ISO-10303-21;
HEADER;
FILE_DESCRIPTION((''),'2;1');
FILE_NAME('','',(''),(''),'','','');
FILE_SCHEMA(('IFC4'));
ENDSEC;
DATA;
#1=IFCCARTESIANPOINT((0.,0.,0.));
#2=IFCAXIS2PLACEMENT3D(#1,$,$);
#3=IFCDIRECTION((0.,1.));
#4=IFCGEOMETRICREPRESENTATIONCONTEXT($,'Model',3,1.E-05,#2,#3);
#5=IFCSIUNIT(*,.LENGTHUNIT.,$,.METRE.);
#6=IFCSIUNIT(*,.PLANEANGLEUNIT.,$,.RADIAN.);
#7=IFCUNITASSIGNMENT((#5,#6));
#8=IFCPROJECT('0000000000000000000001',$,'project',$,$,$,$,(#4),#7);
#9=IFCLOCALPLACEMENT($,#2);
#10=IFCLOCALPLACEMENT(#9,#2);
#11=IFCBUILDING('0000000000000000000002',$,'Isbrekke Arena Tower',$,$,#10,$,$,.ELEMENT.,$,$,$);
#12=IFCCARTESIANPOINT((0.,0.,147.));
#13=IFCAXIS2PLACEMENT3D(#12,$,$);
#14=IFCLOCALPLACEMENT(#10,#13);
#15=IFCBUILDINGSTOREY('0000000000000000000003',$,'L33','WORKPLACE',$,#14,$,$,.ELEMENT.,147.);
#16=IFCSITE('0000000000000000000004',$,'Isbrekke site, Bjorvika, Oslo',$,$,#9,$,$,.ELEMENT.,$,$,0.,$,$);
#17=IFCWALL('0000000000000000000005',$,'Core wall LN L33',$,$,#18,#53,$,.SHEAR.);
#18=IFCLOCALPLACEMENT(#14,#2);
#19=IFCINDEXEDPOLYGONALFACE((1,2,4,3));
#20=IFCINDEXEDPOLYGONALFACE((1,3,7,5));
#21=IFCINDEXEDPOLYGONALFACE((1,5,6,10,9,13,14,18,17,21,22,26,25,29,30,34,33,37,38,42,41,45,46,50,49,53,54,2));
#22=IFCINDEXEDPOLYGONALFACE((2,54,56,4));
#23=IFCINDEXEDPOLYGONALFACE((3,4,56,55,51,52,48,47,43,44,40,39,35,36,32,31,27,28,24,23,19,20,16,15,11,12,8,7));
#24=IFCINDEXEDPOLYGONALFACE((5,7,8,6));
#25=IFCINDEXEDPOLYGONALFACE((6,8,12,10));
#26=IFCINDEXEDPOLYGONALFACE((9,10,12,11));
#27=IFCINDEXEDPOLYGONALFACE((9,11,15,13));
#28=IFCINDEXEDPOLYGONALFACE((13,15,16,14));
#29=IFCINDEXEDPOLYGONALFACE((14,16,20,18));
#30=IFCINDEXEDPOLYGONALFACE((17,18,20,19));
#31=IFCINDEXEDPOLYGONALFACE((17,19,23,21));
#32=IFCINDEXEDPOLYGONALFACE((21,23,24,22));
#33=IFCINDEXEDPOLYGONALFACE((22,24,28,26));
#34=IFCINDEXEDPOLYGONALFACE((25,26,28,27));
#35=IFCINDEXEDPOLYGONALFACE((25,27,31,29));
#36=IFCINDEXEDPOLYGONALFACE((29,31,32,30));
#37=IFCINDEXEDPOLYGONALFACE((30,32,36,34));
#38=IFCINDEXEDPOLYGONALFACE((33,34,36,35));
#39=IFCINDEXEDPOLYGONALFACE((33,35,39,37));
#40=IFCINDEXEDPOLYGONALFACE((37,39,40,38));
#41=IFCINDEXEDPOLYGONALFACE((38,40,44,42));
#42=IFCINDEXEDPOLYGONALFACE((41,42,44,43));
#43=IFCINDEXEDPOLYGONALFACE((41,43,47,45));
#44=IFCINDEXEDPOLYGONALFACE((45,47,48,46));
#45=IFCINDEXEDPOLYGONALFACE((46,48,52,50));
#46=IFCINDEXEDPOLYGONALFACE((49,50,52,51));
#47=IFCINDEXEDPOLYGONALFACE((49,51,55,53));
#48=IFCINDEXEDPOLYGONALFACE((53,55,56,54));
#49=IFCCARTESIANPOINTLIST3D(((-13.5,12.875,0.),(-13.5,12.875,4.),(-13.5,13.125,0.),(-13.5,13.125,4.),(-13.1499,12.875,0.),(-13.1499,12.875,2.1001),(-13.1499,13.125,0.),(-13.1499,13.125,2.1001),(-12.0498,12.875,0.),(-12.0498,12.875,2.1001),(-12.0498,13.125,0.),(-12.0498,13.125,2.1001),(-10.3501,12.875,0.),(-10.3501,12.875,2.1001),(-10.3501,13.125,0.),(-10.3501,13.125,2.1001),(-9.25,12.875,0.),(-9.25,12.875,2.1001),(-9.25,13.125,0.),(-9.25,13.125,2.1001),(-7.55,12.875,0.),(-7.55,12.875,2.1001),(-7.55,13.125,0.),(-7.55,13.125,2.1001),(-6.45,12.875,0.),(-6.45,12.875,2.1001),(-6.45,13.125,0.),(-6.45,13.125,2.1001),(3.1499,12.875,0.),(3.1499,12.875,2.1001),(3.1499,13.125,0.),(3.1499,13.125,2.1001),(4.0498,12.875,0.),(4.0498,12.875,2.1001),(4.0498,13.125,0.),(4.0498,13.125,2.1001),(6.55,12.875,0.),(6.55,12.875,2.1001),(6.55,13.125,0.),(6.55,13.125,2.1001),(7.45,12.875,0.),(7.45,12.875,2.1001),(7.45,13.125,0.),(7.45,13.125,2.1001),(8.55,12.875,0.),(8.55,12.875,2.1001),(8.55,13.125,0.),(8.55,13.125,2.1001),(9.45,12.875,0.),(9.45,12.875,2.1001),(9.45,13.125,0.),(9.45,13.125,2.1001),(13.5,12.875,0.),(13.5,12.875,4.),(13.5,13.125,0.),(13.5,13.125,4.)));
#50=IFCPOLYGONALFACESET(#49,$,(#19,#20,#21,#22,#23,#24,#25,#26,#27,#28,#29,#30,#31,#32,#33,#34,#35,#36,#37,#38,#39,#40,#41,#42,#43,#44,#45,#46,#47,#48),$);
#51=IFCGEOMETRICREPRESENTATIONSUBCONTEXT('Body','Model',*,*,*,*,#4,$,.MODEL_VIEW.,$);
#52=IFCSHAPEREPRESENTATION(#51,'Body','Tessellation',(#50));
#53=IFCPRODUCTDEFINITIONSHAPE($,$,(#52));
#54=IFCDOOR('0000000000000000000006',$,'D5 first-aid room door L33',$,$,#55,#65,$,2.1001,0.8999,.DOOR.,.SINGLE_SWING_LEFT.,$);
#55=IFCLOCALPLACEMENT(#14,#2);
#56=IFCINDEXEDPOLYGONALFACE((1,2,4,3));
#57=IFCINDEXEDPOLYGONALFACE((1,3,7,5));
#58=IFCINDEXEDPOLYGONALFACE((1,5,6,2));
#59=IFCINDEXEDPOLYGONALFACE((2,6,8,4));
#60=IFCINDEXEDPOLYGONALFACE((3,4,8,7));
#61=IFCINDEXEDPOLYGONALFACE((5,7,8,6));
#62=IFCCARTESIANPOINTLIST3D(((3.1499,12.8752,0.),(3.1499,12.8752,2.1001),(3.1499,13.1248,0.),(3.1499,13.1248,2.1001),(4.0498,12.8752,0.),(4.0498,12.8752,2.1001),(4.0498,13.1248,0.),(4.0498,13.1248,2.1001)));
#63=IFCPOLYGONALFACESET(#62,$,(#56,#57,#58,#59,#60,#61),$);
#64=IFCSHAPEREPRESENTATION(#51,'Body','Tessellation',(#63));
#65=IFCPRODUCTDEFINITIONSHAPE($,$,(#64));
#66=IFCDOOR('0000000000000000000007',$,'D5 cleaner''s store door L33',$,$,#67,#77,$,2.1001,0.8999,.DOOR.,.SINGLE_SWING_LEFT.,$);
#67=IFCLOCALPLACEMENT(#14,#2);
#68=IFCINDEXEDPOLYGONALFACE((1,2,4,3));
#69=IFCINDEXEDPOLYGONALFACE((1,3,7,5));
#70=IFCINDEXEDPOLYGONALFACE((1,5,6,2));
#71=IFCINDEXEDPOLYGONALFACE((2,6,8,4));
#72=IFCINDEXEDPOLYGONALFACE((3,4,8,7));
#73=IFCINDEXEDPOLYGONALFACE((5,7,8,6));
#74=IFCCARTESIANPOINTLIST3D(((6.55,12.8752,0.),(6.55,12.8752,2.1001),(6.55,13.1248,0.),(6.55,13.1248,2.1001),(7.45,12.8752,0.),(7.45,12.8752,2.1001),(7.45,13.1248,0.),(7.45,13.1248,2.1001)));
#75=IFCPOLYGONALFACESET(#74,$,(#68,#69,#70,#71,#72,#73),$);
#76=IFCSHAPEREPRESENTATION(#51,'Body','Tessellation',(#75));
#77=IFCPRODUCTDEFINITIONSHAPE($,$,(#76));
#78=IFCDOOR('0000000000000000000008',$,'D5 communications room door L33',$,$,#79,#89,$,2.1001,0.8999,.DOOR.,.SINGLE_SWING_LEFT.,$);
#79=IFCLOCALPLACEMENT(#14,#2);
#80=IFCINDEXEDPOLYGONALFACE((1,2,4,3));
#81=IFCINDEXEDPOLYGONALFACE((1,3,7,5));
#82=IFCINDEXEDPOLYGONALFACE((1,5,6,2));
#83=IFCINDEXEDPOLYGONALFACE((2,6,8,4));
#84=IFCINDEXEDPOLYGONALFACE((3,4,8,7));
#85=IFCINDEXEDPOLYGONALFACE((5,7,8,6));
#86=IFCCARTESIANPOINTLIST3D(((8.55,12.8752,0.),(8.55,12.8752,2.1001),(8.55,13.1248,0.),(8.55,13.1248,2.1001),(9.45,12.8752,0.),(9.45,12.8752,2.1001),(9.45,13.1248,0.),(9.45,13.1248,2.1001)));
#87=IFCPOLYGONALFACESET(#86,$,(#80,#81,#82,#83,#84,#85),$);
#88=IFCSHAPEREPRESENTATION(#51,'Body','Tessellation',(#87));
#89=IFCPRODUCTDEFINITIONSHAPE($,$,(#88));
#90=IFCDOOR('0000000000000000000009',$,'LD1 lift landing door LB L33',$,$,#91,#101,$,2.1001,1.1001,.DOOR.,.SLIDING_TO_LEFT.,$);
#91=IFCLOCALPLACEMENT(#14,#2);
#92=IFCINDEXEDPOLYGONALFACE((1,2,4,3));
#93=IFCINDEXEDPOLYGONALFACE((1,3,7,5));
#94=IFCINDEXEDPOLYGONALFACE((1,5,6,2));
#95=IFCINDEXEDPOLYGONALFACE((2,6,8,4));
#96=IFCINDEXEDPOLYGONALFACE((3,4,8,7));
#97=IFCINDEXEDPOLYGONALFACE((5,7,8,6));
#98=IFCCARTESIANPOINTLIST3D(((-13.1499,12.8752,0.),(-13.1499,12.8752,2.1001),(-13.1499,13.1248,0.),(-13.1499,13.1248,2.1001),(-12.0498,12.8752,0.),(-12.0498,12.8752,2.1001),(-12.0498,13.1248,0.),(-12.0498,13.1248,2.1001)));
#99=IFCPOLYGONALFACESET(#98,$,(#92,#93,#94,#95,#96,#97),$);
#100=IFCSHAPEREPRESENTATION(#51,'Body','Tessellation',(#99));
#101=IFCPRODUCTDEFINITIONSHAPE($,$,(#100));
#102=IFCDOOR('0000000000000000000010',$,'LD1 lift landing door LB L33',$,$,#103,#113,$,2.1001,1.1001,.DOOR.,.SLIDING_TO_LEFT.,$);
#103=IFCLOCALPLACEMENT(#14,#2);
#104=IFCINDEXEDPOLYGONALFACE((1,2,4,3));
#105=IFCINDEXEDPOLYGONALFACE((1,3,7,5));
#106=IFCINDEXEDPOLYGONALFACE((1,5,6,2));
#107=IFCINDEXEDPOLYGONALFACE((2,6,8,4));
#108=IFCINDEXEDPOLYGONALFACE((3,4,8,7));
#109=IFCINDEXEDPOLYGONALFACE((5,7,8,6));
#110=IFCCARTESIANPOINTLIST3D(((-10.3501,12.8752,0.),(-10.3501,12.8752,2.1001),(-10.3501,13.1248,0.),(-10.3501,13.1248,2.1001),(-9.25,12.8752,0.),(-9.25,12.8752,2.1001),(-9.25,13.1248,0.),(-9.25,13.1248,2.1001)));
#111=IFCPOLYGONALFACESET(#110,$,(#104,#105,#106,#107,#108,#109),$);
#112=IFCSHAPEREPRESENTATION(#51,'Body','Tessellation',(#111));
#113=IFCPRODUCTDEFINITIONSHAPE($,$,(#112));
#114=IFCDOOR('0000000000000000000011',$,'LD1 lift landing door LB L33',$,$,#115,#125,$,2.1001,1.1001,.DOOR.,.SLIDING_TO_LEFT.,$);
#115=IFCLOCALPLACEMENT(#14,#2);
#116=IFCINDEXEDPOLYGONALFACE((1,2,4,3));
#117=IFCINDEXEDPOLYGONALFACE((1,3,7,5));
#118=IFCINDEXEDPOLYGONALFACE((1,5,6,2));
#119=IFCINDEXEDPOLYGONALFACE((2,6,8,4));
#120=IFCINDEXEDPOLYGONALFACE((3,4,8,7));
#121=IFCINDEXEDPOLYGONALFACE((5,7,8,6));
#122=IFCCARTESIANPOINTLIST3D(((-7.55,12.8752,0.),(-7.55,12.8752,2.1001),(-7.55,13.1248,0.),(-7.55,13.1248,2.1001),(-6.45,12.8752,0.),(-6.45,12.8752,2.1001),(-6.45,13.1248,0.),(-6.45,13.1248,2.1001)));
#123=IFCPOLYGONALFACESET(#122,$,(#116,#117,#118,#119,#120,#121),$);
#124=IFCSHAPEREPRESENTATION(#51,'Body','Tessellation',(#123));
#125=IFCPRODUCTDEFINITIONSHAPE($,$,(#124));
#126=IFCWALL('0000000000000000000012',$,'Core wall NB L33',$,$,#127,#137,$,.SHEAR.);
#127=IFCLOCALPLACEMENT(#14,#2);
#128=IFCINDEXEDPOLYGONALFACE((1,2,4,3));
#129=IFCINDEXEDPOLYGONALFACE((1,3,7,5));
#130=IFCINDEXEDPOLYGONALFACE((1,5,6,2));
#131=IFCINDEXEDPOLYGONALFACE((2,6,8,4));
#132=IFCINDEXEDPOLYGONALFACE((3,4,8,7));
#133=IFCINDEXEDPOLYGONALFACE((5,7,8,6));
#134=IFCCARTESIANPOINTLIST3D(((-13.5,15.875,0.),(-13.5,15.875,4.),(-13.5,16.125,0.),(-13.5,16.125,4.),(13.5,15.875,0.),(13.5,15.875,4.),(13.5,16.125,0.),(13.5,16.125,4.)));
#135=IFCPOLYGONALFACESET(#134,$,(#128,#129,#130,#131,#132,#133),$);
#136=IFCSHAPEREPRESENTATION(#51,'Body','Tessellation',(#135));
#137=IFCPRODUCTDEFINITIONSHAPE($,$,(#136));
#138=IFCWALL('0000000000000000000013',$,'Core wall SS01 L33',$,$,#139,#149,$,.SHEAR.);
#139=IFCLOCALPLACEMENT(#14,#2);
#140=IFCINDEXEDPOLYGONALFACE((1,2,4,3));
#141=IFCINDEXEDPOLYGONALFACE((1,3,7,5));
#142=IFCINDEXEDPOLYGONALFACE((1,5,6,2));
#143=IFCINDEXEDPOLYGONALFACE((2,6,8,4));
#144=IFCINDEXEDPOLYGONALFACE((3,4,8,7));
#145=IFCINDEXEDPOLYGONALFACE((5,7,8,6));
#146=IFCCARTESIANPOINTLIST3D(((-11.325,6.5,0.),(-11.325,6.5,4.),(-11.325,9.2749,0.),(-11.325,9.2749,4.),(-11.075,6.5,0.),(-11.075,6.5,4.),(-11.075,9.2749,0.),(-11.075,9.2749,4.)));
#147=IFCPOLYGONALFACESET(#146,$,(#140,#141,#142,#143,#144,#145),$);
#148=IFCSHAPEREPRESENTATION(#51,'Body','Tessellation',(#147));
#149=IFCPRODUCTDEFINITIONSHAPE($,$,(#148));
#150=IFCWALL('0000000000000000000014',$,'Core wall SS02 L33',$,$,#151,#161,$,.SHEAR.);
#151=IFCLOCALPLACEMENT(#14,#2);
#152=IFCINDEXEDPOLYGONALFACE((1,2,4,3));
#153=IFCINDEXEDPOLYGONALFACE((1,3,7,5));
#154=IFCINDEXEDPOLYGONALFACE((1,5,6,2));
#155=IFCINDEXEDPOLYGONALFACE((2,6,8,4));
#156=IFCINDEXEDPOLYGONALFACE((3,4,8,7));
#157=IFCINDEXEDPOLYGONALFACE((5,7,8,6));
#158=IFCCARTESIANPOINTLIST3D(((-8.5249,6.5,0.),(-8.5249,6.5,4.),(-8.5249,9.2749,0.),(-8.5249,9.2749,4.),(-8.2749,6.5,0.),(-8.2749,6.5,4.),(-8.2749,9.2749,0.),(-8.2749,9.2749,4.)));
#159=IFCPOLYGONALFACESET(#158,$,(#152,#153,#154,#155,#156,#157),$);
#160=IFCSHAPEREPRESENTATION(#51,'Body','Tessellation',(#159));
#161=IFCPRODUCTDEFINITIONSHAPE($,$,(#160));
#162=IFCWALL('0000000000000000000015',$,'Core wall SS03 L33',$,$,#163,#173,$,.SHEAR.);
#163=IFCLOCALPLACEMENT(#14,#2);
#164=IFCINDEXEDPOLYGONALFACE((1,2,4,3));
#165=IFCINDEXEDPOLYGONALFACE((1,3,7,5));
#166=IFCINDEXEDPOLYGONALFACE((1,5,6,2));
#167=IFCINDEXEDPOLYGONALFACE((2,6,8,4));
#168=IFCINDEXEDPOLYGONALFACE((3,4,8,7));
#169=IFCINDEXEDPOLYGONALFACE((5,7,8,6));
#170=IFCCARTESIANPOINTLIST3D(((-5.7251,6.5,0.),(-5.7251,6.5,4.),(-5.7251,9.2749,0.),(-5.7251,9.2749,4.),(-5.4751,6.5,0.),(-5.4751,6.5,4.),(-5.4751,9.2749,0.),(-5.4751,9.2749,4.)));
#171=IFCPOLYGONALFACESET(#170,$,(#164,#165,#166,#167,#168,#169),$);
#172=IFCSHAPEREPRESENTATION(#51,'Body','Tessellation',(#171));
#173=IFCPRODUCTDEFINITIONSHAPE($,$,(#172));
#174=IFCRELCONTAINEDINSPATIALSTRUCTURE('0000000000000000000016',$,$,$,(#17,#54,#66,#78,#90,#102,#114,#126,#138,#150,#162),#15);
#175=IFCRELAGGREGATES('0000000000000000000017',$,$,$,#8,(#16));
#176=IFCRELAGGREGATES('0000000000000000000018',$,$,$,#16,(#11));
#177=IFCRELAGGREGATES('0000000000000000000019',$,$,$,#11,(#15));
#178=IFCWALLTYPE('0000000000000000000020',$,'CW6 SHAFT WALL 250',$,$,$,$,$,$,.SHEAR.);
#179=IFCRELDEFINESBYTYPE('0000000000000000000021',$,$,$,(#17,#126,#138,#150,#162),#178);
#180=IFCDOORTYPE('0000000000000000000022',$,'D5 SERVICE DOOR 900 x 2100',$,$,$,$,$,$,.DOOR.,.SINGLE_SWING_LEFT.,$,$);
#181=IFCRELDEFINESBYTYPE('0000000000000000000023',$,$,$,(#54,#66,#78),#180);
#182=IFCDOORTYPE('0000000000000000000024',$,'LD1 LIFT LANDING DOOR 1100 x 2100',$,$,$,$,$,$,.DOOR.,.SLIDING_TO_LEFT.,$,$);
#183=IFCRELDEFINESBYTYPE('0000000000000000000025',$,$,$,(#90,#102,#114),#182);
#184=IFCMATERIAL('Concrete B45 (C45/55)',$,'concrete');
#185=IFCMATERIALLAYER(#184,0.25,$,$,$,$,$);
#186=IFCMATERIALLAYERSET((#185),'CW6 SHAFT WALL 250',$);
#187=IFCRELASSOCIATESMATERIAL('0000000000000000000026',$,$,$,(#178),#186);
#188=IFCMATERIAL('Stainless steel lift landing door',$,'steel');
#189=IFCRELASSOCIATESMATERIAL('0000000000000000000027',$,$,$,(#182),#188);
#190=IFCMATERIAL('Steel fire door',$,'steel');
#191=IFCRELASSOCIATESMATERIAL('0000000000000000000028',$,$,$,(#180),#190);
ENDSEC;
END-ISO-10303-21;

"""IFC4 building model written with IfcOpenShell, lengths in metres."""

from ifc_helpers import new_model, si_unit, direction, frame, frame_2d, origin, place, context, subcontext, project, spatial, rectangle, extrude, material, layer, layer_set, type_object, element, fill, save


model = new_model("IFC4")

# Units and contexts
model_context = context("Model", 3, precision=1e-05, world=origin(), true_north=direction((0.0, 1.0)))
body_context = subcontext(model_context, "Body", "Model", "MODEL_VIEW")
ifc_project = project(units=[si_unit("LENGTHUNIT", "METRE"), si_unit("PLANEANGLEUNIT", "RADIAN")], contexts=[model_context])

# Site, building, storey
site_placement = place(None, origin())
site = spatial("IfcSite", under=ifc_project, at=site_placement, Name="Isbrekke site, Bjorvika, Oslo", CompositionType="ELEMENT", RefElevation=0.0)
building_placement = place(site_placement, origin())
building = spatial("IfcBuilding", under=site, at=building_placement, Name="Isbrekke Arena Tower", CompositionType="ELEMENT")
storey_placement = place(building_placement, frame((0.0, 0.0, 147.0)))
storey = spatial("IfcBuildingStorey", under=building, at=storey_placement, Name="L33", Description="WORKPLACE", CompositionType="ELEMENT", Elevation=147.0)

# Wall, openings, doors
ifc_material_1 = material(Name="Concrete B45 (C45/55)", Category="concrete")
ifc_layer_1 = layer(ifc_material_1, 0.25)
ifc_layer_set_1 = layer_set([ifc_layer_1], Name="CW6 SHAFT WALL 250")
wall_type_1 = type_object("IfcWallType", Name="CW6 SHAFT WALL 250", PredefinedType="SHEAR", material=ifc_layer_set_1)
ifc_material_2 = material(Name="Stainless steel lift landing door", Category="steel")
door_type_1 = type_object("IfcDoorType", Name="LD1 LIFT LANDING DOOR 1100 x 2100", OperationType="SLIDING_TO_LEFT", PredefinedType="DOOR", material=ifc_material_2)
wall_1_placement = place(storey_placement, frame((-13.5, 13.0, 0.0), z_axis=(0.0, 0.0, 1.0), x_axis=(1.0, 0.0, 0.0)))
wall_1 = element("IfcWall", 1, at=wall_1_placement, inside=storey, type_object=wall_type_1, Name="Core wall LN L33", PredefinedType="SHEAR", context=body_context, shape_type="SweptSolid", body=[
    extrude(rectangle(XDim=27.0, YDim=0.25, at=frame_2d((13.5, 0.0))), origin(), (0.0, 0.0, 1.0), 4.0),
])
opening_1_placement = place(wall_1_placement, frame((0.3501, 0.0, 0.0)))
opening_1 = element("IfcOpeningElement", 2, at=opening_1_placement, cuts=wall_1, PredefinedType="OPENING", context=body_context, shape_type="SweptSolid", body=[
    extrude(rectangle(XDim=1.1001, YDim=2.1001, at=frame_2d((0.55, 1.05))), frame((0.0, 0.1399, 0.0), z_axis=(0.0, -1.0, 0.0), x_axis=(1.0, 0.0, 0.0)), (0.0, 0.0, 1.0), 0.2798),
])
opening_2_placement = place(wall_1_placement, frame((3.1499, 0.0, 0.0)))
opening_2 = element("IfcOpeningElement", 3, at=opening_2_placement, cuts=wall_1, PredefinedType="OPENING", context=body_context, shape_type="SweptSolid", body=[
    extrude(rectangle(XDim=1.1001, YDim=2.1001, at=frame_2d((0.55, 1.05))), frame((0.0, 0.1399, 0.0), z_axis=(0.0, -1.0, 0.0), x_axis=(1.0, 0.0, 0.0)), (0.0, 0.0, 1.0), 0.2798),
])
opening_3_placement = place(wall_1_placement, frame((5.95, 0.0, 0.0)))
opening_3 = element("IfcOpeningElement", 4, at=opening_3_placement, cuts=wall_1, PredefinedType="OPENING", context=body_context, shape_type="SweptSolid", body=[
    extrude(rectangle(XDim=1.1001, YDim=2.1001, at=frame_2d((0.55, 1.05))), frame((0.0, 0.1399, 0.0), z_axis=(0.0, -1.0, 0.0), x_axis=(1.0, 0.0, 0.0)), (0.0, 0.0, 1.0), 0.2798),
])
opening_4_placement = place(wall_1_placement, frame((16.6499, 0.0, 0.0)))
opening_4 = element("IfcOpeningElement", 5, at=opening_4_placement, cuts=wall_1, PredefinedType="OPENING", context=body_context, shape_type="SweptSolid", body=[
    extrude(rectangle(XDim=0.8999, YDim=2.1001, at=frame_2d((0.45, 1.05))), frame((0.0, 0.1399, 0.0), z_axis=(0.0, -1.0, 0.0), x_axis=(1.0, 0.0, 0.0)), (0.0, 0.0, 1.0), 0.2798),
])
opening_5_placement = place(wall_1_placement, frame((20.05, 0.0, 0.0)))
opening_5 = element("IfcOpeningElement", 6, at=opening_5_placement, cuts=wall_1, PredefinedType="OPENING", context=body_context, shape_type="SweptSolid", body=[
    extrude(rectangle(XDim=0.8999, YDim=2.1001, at=frame_2d((0.45, 1.05))), frame((0.0, 0.1399, 0.0), z_axis=(0.0, -1.0, 0.0), x_axis=(1.0, 0.0, 0.0)), (0.0, 0.0, 1.0), 0.2798),
])
opening_6_placement = place(wall_1_placement, frame((22.05, 0.0, 0.0)))
opening_6 = element("IfcOpeningElement", 7, at=opening_6_placement, cuts=wall_1, PredefinedType="OPENING", context=body_context, shape_type="SweptSolid", body=[
    extrude(rectangle(XDim=0.8999, YDim=2.1001, at=frame_2d((0.45, 1.05))), frame((0.0, 0.1399, 0.0), z_axis=(0.0, -1.0, 0.0), x_axis=(1.0, 0.0, 0.0)), (0.0, 0.0, 1.0), 0.2798),
])
ifc_material_3 = material(Name="Steel fire door", Category="steel")
door_type_2 = type_object("IfcDoorType", Name="D5 SERVICE DOOR 900 x 2100", OperationType="SINGLE_SWING_LEFT", PredefinedType="DOOR", material=ifc_material_3)
door_1_placement = place(opening_4_placement, origin())
door_1 = element("IfcDoor", 8, at=door_1_placement, inside=storey, type_object=door_type_2, Name="D5 first-aid room door L33", OperationType="SINGLE_SWING_LEFT", OverallHeight=2.1001, OverallWidth=0.8999, PredefinedType="DOOR", context=body_context, shape_type="SweptSolid", body=[
    extrude(rectangle(XDim=0.8999, YDim=2.1001, at=frame_2d((0.45, 1.05))), frame((0.0, 0.1248, 0.0), z_axis=(0.0, -1.0, 0.0), x_axis=(1.0, 0.0, 0.0)), (0.0, 0.0, 1.0), 0.2495),
])
fill(opening_4, door_1)
door_2_placement = place(opening_5_placement, origin())
door_2 = element("IfcDoor", 9, at=door_2_placement, inside=storey, type_object=door_type_2, Name="D5 cleaner's store door L33", OperationType="SINGLE_SWING_LEFT", OverallHeight=2.1001, OverallWidth=0.8999, PredefinedType="DOOR", context=body_context, shape_type="SweptSolid", body=[
    extrude(rectangle(XDim=0.8999, YDim=2.1001, at=frame_2d((0.45, 1.05))), frame((0.0, 0.1248, 0.0), z_axis=(0.0, -1.0, 0.0), x_axis=(1.0, 0.0, 0.0)), (0.0, 0.0, 1.0), 0.2495),
])
fill(opening_5, door_2)
door_3_placement = place(opening_6_placement, origin())
door_3 = element("IfcDoor", 10, at=door_3_placement, inside=storey, type_object=door_type_2, Name="D5 communications room door L33", OperationType="SINGLE_SWING_LEFT", OverallHeight=2.1001, OverallWidth=0.8999, PredefinedType="DOOR", context=body_context, shape_type="SweptSolid", body=[
    extrude(rectangle(XDim=0.8999, YDim=2.1001, at=frame_2d((0.45, 1.05))), frame((0.0, 0.1248, 0.0), z_axis=(0.0, -1.0, 0.0), x_axis=(1.0, 0.0, 0.0)), (0.0, 0.0, 1.0), 0.2495),
])
fill(opening_6, door_3)
door_4_placement = place(opening_1_placement, origin())
door_4 = element("IfcDoor", 11, at=door_4_placement, inside=storey, type_object=door_type_1, Name="LD1 lift landing door LB L33", OperationType="SLIDING_TO_LEFT", OverallHeight=2.1001, OverallWidth=1.1001, PredefinedType="DOOR", context=body_context, shape_type="SweptSolid", body=[
    extrude(rectangle(XDim=1.1001, YDim=2.1001, at=frame_2d((0.55, 1.05))), frame((0.0, 0.1248, 0.0), z_axis=(0.0, -1.0, 0.0), x_axis=(1.0, 0.0, 0.0)), (0.0, 0.0, 1.0), 0.2495),
])
fill(opening_1, door_4)
door_5_placement = place(opening_2_placement, origin())
door_5 = element("IfcDoor", 12, at=door_5_placement, inside=storey, type_object=door_type_1, Name="LD1 lift landing door LB L33", OperationType="SLIDING_TO_LEFT", OverallHeight=2.1001, OverallWidth=1.1001, PredefinedType="DOOR", context=body_context, shape_type="SweptSolid", body=[
    extrude(rectangle(XDim=1.1001, YDim=2.1001, at=frame_2d((0.55, 1.05))), frame((0.0, 0.1248, 0.0), z_axis=(0.0, -1.0, 0.0), x_axis=(1.0, 0.0, 0.0)), (0.0, 0.0, 1.0), 0.2495),
])
fill(opening_2, door_5)
door_6_placement = place(opening_3_placement, origin())
door_6 = element("IfcDoor", 13, at=door_6_placement, inside=storey, type_object=door_type_1, Name="LD1 lift landing door LB L33", OperationType="SLIDING_TO_LEFT", OverallHeight=2.1001, OverallWidth=1.1001, PredefinedType="DOOR", context=body_context, shape_type="SweptSolid", body=[
    extrude(rectangle(XDim=1.1001, YDim=2.1001, at=frame_2d((0.55, 1.05))), frame((0.0, 0.1248, 0.0), z_axis=(0.0, -1.0, 0.0), x_axis=(1.0, 0.0, 0.0)), (0.0, 0.0, 1.0), 0.2495),
])
fill(opening_3, door_6)

# Walls
wall_2_placement = place(storey_placement, frame((-13.5, 16.0, 0.0), z_axis=(0.0, 0.0, 1.0), x_axis=(1.0, 0.0, 0.0)))
element("IfcWall", 14, at=wall_2_placement, inside=storey, type_object=wall_type_1, Name="Core wall NB L33", PredefinedType="SHEAR", context=body_context, shape_type="SweptSolid", body=[
    extrude(rectangle(XDim=27.0, YDim=0.25, at=frame_2d((13.5, 0.0))), origin(), (0.0, 0.0, 1.0), 4.0),
])
for number, where, z_axis, x_axis, name in (
    (15, (-11.2, 6.5, 0.0), (0.0, 0.0, 1.0), (0.0, 1.0, 0.0), "Core wall SS01 L33"),
    (16, (-8.3999, 6.5, 0.0), (0.0, 0.0, 1.0), (0.0, 1.0, 0.0), "Core wall SS02 L33"),
    (17, (-5.6001, 6.5, 0.0), (0.0, 0.0, 1.0), (0.0, 1.0, 0.0), "Core wall SS03 L33"),
):
    element("IfcWall", number, at=place(storey_placement, frame(where, z_axis=z_axis, x_axis=x_axis)), inside=storey, type_object=wall_type_1, Name=name, PredefinedType="SHEAR", context=body_context, shape_type="SweptSolid", body=[
        extrude(rectangle(XDim=2.7749, YDim=0.25, at=frame_2d((1.3875, 0.0))), origin(), (0.0, 0.0, 1.0), 4.0),
    ])

save(model, "model.ifc")
